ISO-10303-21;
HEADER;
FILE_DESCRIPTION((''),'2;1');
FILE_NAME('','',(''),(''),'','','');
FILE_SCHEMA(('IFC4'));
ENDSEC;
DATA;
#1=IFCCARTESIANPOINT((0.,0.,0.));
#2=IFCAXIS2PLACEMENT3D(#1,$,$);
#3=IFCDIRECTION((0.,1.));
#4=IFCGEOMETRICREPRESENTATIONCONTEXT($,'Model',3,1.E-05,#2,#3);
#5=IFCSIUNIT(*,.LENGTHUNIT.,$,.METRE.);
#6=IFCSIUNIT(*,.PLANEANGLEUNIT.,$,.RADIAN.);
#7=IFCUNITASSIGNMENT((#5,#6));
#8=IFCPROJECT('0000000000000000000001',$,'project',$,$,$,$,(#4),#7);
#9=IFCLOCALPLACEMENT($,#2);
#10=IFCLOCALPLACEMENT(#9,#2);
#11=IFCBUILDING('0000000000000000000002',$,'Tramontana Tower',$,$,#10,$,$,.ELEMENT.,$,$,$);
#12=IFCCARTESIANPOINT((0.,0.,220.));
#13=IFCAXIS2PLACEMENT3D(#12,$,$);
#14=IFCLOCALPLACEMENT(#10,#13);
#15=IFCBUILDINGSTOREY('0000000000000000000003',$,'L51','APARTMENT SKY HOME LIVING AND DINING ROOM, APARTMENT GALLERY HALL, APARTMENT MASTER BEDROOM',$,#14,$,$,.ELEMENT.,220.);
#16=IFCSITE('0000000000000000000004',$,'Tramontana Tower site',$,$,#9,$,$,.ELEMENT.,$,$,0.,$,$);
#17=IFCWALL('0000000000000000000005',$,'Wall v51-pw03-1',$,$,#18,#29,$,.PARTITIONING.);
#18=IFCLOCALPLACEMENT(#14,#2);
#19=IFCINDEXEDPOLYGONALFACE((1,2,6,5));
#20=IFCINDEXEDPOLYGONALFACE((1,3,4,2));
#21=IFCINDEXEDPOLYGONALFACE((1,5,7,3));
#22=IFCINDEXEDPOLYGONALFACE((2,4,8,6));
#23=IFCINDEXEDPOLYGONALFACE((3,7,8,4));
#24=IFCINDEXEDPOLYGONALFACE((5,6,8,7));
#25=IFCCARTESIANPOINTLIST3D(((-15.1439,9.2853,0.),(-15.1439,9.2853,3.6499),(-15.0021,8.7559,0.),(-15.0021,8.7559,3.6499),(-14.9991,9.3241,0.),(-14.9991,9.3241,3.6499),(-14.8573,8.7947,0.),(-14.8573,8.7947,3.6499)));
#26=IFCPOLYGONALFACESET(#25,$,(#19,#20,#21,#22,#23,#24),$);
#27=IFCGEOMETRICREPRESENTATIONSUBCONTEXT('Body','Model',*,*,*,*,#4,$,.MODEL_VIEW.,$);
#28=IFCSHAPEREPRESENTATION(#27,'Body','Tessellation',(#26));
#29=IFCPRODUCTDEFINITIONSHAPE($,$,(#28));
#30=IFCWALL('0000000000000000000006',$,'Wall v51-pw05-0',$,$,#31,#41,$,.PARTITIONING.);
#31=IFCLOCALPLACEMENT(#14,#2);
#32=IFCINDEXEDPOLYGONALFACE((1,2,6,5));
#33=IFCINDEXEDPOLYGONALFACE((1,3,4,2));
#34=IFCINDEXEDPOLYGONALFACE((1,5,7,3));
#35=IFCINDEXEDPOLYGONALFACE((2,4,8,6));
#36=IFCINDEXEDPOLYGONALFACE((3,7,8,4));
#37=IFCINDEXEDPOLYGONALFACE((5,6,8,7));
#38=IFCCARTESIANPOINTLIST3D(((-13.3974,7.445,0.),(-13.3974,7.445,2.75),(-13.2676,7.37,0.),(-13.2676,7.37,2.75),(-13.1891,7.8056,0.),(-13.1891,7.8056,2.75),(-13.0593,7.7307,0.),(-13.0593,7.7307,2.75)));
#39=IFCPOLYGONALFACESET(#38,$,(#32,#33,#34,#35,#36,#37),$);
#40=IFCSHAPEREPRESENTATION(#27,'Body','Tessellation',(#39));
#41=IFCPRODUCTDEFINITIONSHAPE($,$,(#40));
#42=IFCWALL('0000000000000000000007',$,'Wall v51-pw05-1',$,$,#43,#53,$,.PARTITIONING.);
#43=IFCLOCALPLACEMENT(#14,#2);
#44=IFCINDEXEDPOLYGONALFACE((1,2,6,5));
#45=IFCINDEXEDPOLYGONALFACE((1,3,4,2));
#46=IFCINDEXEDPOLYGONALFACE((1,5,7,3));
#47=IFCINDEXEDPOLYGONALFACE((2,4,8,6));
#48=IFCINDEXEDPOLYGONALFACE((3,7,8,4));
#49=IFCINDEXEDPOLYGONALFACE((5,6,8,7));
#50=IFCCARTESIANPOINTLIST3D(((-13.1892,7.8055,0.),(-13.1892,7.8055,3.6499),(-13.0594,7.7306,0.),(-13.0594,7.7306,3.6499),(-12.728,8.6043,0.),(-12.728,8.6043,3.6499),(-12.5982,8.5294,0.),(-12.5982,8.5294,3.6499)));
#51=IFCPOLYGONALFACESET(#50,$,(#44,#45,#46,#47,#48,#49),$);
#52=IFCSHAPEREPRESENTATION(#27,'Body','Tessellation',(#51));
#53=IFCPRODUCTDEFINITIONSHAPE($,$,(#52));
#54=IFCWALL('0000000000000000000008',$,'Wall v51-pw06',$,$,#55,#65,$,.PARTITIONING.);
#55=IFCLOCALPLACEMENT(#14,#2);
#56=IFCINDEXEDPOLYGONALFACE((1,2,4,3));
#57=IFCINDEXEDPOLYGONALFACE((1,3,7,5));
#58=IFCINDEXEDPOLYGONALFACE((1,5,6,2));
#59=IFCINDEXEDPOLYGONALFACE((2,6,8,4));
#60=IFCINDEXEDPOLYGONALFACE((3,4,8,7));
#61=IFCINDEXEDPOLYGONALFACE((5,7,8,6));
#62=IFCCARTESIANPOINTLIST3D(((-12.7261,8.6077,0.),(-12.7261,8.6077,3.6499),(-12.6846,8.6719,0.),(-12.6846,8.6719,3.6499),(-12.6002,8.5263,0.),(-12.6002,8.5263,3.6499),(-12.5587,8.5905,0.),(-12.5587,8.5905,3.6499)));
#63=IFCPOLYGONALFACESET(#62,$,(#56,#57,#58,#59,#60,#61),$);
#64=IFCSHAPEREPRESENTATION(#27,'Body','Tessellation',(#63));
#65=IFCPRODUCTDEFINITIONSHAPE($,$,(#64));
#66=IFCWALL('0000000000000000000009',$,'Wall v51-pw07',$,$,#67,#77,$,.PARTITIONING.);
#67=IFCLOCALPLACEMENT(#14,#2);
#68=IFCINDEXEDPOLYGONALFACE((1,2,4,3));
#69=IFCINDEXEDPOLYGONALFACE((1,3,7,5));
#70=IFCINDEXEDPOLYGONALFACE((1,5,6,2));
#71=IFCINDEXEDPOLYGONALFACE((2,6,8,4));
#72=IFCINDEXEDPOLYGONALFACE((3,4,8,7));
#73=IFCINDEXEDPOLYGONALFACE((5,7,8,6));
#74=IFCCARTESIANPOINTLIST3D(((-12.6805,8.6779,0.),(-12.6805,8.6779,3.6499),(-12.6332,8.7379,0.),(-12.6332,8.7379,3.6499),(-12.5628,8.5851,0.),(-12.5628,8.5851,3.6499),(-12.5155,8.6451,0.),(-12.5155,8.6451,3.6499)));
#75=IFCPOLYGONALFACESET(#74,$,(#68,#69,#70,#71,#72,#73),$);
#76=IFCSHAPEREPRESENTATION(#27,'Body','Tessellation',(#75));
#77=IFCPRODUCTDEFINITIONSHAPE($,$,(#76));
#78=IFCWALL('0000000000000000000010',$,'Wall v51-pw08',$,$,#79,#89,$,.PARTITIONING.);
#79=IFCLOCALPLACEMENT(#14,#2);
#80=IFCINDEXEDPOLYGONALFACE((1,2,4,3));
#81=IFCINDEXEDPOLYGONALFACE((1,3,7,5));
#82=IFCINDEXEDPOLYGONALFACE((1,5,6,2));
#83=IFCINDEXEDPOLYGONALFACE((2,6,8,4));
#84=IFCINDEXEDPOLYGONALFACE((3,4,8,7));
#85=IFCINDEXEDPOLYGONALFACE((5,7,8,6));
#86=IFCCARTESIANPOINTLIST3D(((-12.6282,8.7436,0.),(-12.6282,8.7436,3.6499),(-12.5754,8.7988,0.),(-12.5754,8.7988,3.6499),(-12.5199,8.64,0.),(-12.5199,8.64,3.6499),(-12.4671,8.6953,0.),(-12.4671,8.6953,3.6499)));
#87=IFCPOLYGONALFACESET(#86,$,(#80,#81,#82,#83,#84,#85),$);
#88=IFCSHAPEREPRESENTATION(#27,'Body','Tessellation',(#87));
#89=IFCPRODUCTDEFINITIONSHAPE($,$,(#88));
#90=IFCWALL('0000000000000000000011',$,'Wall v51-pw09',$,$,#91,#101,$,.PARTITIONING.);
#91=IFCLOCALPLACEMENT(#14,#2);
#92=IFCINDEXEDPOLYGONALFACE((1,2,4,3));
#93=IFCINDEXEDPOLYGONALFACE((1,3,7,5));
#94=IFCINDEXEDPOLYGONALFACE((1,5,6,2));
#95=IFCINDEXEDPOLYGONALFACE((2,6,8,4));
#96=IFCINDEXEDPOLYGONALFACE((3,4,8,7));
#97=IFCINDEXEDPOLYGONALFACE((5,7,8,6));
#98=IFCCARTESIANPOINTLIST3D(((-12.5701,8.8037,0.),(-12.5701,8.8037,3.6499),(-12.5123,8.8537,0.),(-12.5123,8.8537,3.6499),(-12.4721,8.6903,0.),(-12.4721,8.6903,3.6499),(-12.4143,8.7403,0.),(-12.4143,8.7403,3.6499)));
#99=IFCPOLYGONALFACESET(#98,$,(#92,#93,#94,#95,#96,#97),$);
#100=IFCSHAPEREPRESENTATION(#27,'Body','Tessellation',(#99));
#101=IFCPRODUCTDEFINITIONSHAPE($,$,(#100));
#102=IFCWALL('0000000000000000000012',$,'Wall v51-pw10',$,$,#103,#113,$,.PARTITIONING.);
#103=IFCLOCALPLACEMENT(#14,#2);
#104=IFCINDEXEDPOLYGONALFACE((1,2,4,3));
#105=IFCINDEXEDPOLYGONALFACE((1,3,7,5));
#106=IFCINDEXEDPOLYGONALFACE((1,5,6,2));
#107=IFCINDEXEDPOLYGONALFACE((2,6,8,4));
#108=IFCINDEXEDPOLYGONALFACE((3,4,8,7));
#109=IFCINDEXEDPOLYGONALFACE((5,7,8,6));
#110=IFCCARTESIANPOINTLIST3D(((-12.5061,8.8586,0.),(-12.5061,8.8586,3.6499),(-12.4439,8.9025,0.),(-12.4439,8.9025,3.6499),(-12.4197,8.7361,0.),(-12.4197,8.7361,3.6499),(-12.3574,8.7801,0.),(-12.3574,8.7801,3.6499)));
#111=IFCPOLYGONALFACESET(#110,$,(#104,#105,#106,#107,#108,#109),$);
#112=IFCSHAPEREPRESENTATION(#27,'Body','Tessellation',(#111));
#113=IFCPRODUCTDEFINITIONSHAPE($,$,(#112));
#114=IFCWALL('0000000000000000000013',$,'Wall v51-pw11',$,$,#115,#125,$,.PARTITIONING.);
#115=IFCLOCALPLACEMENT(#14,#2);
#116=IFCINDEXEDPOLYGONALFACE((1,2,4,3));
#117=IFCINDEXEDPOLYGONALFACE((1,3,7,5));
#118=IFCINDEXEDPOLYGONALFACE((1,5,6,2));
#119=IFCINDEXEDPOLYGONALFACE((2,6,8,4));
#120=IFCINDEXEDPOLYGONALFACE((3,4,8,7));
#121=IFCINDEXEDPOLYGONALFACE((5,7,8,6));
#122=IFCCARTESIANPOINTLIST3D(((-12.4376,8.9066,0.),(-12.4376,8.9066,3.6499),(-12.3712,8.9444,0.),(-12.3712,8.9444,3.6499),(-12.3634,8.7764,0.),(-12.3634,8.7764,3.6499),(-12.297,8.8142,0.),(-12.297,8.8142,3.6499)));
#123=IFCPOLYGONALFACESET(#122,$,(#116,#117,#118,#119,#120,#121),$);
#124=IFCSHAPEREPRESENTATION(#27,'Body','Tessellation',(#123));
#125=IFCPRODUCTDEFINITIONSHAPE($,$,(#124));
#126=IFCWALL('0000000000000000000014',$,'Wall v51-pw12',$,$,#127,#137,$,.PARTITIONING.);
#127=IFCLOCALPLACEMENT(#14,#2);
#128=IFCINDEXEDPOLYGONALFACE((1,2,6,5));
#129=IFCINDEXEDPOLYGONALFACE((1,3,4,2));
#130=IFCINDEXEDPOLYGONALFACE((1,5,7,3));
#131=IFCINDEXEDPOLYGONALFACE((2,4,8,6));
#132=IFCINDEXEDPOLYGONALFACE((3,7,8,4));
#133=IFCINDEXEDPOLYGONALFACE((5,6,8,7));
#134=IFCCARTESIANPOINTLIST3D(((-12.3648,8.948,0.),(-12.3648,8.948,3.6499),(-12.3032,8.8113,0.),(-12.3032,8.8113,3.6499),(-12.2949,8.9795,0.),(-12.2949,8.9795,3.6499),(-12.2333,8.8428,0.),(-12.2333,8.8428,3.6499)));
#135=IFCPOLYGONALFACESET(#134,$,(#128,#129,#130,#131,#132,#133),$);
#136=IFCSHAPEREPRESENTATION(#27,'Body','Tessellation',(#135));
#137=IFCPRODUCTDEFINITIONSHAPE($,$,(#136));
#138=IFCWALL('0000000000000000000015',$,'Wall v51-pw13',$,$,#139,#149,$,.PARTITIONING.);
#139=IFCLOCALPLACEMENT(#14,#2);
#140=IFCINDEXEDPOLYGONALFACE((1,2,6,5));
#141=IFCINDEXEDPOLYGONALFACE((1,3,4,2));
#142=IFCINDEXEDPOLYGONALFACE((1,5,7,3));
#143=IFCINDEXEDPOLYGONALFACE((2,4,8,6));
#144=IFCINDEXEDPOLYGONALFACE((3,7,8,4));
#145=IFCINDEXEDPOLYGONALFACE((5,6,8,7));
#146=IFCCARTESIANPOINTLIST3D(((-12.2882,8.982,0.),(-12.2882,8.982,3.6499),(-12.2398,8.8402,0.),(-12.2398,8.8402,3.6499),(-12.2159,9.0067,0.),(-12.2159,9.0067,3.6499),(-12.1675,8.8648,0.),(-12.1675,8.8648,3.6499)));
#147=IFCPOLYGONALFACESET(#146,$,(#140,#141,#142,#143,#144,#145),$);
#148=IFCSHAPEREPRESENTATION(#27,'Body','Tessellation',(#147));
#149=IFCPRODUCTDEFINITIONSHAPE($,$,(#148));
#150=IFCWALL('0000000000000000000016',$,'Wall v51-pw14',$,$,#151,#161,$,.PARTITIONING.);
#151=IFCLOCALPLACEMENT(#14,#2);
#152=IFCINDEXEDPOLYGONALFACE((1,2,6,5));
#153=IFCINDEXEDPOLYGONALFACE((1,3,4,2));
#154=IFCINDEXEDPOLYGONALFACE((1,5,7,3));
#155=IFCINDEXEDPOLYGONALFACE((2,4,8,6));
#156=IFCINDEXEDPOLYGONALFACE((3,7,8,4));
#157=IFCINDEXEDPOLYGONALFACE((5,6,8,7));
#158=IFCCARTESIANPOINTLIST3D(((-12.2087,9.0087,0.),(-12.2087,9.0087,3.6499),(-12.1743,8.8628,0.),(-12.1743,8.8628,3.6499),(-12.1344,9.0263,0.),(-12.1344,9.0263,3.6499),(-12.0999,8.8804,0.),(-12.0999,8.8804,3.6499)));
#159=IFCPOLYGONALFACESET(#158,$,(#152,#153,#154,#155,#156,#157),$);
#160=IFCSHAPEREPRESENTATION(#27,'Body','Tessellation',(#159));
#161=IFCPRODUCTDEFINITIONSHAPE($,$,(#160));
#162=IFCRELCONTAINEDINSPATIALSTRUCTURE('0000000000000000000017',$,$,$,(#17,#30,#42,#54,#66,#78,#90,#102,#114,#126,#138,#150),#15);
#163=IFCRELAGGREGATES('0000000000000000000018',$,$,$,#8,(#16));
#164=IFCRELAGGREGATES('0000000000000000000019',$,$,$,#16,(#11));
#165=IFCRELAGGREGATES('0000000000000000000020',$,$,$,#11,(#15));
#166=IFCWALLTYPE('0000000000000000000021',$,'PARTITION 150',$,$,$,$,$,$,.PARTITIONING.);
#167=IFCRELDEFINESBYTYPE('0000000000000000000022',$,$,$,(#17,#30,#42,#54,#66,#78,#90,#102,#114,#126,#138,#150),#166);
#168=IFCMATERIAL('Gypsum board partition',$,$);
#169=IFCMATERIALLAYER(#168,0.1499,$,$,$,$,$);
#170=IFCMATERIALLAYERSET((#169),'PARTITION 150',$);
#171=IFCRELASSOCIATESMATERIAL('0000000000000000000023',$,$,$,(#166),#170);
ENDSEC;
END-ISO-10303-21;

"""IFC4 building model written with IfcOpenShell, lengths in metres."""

from ifc_helpers import new_model, si_unit, direction, frame, frame_2d, origin, place, context, subcontext, project, spatial, rectangle, extrude, material, layer, layer_set, type_object, element, save


model = new_model("IFC4")

# Units and contexts
model_context = context("Model", 3, precision=1e-05, world=origin(), true_north=direction((0.0, 1.0)))
body_context = subcontext(model_context, "Body", "Model", "MODEL_VIEW")
ifc_project = project(units=[si_unit("LENGTHUNIT", "METRE"), si_unit("PLANEANGLEUNIT", "RADIAN")], contexts=[model_context])

# Site, building, storey
site_placement = place(None, origin())
site = spatial("IfcSite", under=ifc_project, at=site_placement, Name="Tramontana Tower site", CompositionType="ELEMENT", RefElevation=0.0)
building_placement = place(site_placement, origin())
building = spatial("IfcBuilding", under=site, at=building_placement, Name="Tramontana Tower", CompositionType="ELEMENT")
storey_placement = place(building_placement, frame((0.0, 0.0, 220.0)))
storey = spatial("IfcBuildingStorey", under=building, at=storey_placement, Name="L51", Description="APARTMENT SKY HOME LIVING AND DINING ROOM, APARTMENT GALLERY HALL, APARTMENT MASTER BEDROOM", CompositionType="ELEMENT", Elevation=220.0)

# Walls
ifc_material_1 = material(Name="Gypsum board partition")
ifc_layer_1 = layer(ifc_material_1, 0.1499)
ifc_layer_set_1 = layer_set([ifc_layer_1], Name="PARTITION 150")
wall_type_1 = type_object("IfcWallType", Name="PARTITION 150", PredefinedType="PARTITIONING", material=ifc_layer_set_1)
wall_1_placement = place(storey_placement, frame((-14.9297, 8.7754, 0.0), z_axis=(0.0, 0.0, 1.0), x_axis=(-0.258744, 0.965946, 0.0)))
element("IfcWall", 1, at=wall_1_placement, inside=storey, type_object=wall_type_1, Name="Wall v51-pw03-1", PredefinedType="PARTITIONING", context=body_context, shape_type="SweptSolid", body=[
    extrude(rectangle(XDim=0.5481, YDim=0.1499, at=frame_2d((0.2739, 0.0))), origin(), (0.0, 0.0, 1.0), 3.6499),
])
wall_2_placement = place(storey_placement, frame((-13.3325, 7.4075, 0.0), z_axis=(0.0, 0.0, 1.0), x_axis=(0.500112, 0.865961, 0.0)))
element("IfcWall", 2, at=wall_2_placement, inside=storey, type_object=wall_type_1, Name="Wall v51-pw05-0", PredefinedType="PARTITIONING", context=body_context, shape_type="SweptSolid", body=[
    extrude(rectangle(XDim=0.4165, YDim=0.1499, at=frame_2d((0.2083, 0.0))), origin(), (0.0, 0.0, 1.0), 2.75),
])
wall_3_placement = place(storey_placement, frame((-13.1243, 7.7681, 0.0), z_axis=(0.0, 0.0, 1.0), x_axis=(0.499982, 0.866036, 0.0)))
element("IfcWall", 3, at=wall_3_placement, inside=storey, type_object=wall_type_1, Name="Wall v51-pw05-1", PredefinedType="PARTITIONING", context=body_context, shape_type="SweptSolid", body=[
    extrude(rectangle(XDim=0.9224, YDim=0.1499, at=frame_2d((0.4612, 0.0))), origin(), (0.0, 0.0, 1.0), 3.6499),
])
for number, where, z_axis, x_axis, name in (
    (4, (-12.6631, 8.5671, 0.0), (0.0, 0.0, 1.0), (0.542854, 0.839827, 0.0), "Wall v51-pw06"),
    (5, (-12.6216, 8.6316, 0.0), (0.0, 0.0, 1.0), (0.61923, 0.785209, 0.0), "Wall v51-pw07"),
    (6, (-12.574, 8.6919, 0.0), (0.0, 0.0, 1.0), (0.690932, 0.72292, 0.0), "Wall v51-pw08"),
    (7, (-12.521, 8.7471, 0.0), (0.0, 0.0, 1.0), (0.75632, 0.654201, 0.0), "Wall v51-pw09"),
):
    element("IfcWall", number, at=place(storey_placement, frame(where, z_axis=z_axis, x_axis=x_axis)), inside=storey, type_object=wall_type_1, Name=name, PredefinedType="PARTITIONING", context=body_context, shape_type="SweptSolid", body=[
        extrude(rectangle(XDim=0.0764, YDim=0.1499, at=frame_2d((0.0381, 0.0))), origin(), (0.0, 0.0, 1.0), 3.6499),
    ])
wall_4_placement = place(storey_placement, frame((-12.4629, 8.7974, 0.0), z_axis=(0.0, 0.0, 1.0), x_axis=(0.816968, 0.576683, 0.0)))
element("IfcWall", 8, at=wall_4_placement, inside=storey, type_object=wall_type_1, Name="Wall v51-pw10", PredefinedType="PARTITIONING", context=body_context, shape_type="SweptSolid", body=[
    extrude(rectangle(XDim=0.0762, YDim=0.1499, at=frame_2d((0.0381, 0.0))), origin(), (0.0, 0.0, 1.0), 3.6499),
])
wall_5_placement = place(storey_placement, frame((-12.4004, 8.8416, 0.0), z_axis=(0.0, 0.0, 1.0), x_axis=(0.868832, 0.495107, 0.0)))
element("IfcWall", 9, at=wall_5_placement, inside=storey, type_object=wall_type_1, Name="Wall v51-pw11", PredefinedType="PARTITIONING", context=body_context, shape_type="SweptSolid", body=[
    extrude(rectangle(XDim=0.0764, YDim=0.1499, at=frame_2d((0.0381, 0.0))), origin(), (0.0, 0.0, 1.0), 3.6499),
])
wall_6_placement = place(storey_placement, frame((-12.334, 8.8796, 0.0), z_axis=(0.0, 0.0, 1.0), x_axis=(0.911563, 0.41116, 0.0)))
element("IfcWall", 10, at=wall_6_placement, inside=storey, type_object=wall_type_1, Name="Wall v51-pw12", PredefinedType="PARTITIONING", context=body_context, shape_type="SweptSolid", body=[
    extrude(rectangle(XDim=0.0767, YDim=0.1499, at=frame_2d((0.0383, 0.0))), origin(), (0.0, 0.0, 1.0), 3.6499),
])
for number, where, z_axis, x_axis, name in (
    (11, (-12.2639, 8.9111, 0.0), (0.0, 0.0, 1.0), (0.946421, 0.322934, 0.0), "Wall v51-pw13"),
    (12, (-12.1914, 8.9358, 0.0), (0.0, 0.0, 1.0), (0.97325, 0.229751, 0.0), "Wall v51-pw14"),
):
    element("IfcWall", number, at=place(storey_placement, frame(where, z_axis=z_axis, x_axis=x_axis)), inside=storey, type_object=wall_type_1, Name=name, PredefinedType="PARTITIONING", context=body_context, shape_type="SweptSolid", body=[
        extrude(rectangle(XDim=0.0764, YDim=0.1499, at=frame_2d((0.0381, 0.0))), origin(), (0.0, 0.0, 1.0), 3.6499),
    ])

save(model, "model.ifc")
